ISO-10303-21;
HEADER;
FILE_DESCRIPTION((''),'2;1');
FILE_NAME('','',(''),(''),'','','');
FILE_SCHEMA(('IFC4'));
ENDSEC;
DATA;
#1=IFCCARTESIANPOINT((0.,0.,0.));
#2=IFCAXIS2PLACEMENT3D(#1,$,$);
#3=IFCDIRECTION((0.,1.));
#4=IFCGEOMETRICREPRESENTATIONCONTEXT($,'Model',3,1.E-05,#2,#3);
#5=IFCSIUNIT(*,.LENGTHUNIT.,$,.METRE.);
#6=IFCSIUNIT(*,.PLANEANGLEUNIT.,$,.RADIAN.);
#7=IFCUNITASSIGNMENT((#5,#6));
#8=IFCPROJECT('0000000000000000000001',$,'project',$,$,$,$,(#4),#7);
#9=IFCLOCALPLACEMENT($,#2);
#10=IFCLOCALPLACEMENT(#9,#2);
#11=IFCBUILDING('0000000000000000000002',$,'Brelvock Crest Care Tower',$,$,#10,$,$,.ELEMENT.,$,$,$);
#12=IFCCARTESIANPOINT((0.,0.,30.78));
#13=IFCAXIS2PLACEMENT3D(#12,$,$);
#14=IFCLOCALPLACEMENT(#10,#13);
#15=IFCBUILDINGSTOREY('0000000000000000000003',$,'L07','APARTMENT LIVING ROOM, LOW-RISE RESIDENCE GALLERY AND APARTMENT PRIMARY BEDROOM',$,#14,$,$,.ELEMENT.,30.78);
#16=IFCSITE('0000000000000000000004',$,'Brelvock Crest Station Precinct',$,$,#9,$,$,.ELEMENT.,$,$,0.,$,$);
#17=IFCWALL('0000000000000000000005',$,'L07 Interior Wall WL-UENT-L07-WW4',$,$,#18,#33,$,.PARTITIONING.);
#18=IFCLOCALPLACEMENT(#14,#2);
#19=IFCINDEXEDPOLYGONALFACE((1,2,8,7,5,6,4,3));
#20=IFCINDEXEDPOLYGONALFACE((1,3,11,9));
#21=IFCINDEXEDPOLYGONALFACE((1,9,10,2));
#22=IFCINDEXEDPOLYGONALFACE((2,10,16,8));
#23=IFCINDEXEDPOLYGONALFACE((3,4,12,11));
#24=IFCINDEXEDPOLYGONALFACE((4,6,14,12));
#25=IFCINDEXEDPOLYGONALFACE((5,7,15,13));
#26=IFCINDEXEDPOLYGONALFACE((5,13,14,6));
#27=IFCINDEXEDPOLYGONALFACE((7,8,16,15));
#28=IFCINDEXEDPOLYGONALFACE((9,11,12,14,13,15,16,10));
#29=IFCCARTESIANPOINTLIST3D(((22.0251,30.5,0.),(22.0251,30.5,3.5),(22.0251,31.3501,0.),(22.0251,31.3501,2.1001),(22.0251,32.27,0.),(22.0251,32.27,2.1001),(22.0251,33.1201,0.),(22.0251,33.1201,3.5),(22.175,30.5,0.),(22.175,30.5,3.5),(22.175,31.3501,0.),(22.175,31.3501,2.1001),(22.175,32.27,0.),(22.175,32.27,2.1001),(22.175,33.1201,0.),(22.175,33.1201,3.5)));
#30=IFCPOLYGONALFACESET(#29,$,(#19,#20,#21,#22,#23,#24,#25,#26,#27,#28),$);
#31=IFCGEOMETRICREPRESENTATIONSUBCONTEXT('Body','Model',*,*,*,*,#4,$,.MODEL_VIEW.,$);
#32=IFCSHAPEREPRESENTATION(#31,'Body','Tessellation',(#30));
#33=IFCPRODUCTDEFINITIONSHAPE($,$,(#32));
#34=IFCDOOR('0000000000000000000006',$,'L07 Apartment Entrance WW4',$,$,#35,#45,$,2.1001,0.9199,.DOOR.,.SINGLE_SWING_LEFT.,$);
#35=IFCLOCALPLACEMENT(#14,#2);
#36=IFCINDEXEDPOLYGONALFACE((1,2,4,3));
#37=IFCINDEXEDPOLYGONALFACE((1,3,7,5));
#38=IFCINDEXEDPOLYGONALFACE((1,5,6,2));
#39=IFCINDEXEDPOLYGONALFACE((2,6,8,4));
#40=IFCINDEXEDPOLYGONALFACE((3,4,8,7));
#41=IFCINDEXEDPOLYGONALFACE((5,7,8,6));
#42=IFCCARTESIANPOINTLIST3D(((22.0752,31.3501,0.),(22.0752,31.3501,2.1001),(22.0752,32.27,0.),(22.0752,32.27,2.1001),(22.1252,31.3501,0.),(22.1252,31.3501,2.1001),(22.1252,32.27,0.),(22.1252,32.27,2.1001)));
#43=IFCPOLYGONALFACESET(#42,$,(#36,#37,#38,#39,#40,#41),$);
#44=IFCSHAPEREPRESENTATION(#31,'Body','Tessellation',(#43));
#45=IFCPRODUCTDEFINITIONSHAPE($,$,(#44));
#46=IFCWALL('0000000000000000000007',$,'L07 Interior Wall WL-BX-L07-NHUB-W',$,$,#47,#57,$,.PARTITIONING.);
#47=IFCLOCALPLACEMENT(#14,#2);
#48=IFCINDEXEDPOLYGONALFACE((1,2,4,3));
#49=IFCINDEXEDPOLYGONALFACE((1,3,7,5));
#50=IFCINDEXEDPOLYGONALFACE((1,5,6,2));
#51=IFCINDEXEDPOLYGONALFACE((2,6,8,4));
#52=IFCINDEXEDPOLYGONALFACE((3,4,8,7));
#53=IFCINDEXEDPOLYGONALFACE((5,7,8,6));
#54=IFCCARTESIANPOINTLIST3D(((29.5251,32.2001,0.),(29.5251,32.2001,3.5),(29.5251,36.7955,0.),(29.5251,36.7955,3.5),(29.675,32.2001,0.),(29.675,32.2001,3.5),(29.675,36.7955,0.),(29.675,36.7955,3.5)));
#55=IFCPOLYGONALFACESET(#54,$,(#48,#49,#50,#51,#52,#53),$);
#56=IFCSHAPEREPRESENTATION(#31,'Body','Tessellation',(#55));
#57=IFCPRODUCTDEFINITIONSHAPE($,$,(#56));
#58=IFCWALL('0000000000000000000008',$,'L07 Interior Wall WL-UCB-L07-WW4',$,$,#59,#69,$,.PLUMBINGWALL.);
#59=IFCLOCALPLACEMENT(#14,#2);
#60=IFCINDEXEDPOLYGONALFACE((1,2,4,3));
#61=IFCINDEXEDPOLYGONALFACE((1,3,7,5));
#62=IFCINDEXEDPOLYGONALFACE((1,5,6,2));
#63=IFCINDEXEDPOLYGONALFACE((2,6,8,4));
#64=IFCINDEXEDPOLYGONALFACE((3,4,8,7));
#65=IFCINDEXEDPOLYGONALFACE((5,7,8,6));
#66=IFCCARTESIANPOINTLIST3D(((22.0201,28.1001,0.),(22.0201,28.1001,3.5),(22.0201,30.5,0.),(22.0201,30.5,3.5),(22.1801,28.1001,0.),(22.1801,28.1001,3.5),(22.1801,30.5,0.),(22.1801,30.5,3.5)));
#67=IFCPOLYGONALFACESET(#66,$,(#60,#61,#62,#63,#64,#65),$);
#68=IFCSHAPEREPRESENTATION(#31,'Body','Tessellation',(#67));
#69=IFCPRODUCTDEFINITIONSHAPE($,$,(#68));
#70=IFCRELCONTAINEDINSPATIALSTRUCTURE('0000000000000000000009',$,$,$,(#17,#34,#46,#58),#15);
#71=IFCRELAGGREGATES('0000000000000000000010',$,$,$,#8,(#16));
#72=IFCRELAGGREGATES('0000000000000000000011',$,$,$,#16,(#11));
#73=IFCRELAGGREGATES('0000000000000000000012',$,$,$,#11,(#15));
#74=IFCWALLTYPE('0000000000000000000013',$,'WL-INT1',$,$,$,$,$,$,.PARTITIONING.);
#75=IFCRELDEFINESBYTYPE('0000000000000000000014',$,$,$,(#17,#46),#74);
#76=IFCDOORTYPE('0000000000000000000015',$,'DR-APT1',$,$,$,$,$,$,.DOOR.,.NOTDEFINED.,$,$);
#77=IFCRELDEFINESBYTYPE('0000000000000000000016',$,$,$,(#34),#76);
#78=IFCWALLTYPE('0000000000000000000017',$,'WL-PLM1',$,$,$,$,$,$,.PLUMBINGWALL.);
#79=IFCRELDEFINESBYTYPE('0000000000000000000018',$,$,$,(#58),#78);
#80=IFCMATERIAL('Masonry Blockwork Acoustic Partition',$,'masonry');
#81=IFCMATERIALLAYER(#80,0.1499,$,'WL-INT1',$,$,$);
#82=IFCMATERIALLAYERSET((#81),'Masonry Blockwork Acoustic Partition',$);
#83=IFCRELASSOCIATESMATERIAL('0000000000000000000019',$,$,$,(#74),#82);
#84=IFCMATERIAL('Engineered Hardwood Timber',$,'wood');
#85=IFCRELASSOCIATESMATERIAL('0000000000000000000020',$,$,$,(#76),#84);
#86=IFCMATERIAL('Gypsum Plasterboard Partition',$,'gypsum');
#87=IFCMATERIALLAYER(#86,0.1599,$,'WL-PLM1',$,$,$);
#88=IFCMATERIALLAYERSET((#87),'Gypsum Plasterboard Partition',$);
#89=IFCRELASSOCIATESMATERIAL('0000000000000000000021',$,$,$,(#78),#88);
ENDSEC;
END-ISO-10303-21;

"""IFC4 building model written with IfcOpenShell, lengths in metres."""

from ifc_helpers import new_model, si_unit, direction, frame, frame_2d, origin, origin_2d, place, context, subcontext, project, spatial, rectangle, extrude, source, transform, mapped, material, layer, layer_set, type_object, element, fill, save


model = new_model("IFC4")

# Units and contexts
model_context = context("Model", 3, precision=1e-05, world=origin(), true_north=direction((0.0, 1.0)))
body_context = subcontext(model_context, "Body", "Model", "MODEL_VIEW")
ifc_project = project(units=[si_unit("LENGTHUNIT", "METRE"), si_unit("PLANEANGLEUNIT", "RADIAN")], contexts=[model_context])

# Site, building, storey
site_placement = place(None, origin())
site = spatial("IfcSite", under=ifc_project, at=site_placement, Name="Brelvock Crest Station Precinct", CompositionType="ELEMENT", RefElevation=0.0)
building_placement = place(site_placement, origin())
building = spatial("IfcBuilding", under=site, at=building_placement, Name="Brelvock Crest Care Tower", CompositionType="ELEMENT")
storey_placement = place(building_placement, frame((0.0, 0.0, 30.78)))
storey = spatial("IfcBuildingStorey", under=building, at=storey_placement, Name="L07", Description="APARTMENT LIVING ROOM, LOW-RISE RESIDENCE GALLERY AND APARTMENT PRIMARY BEDROOM", CompositionType="ELEMENT", Elevation=30.78)

# Wall, opening, door
ifc_material_1 = material(Name="Masonry Blockwork Acoustic Partition", Category="masonry")
ifc_layer_1 = layer(ifc_material_1, 0.1499, Name="WL-INT1")
ifc_layer_set_1 = layer_set([ifc_layer_1], Name="Masonry Blockwork Acoustic Partition")
wall_type_1 = type_object("IfcWallType", Name="WL-INT1", PredefinedType="PARTITIONING", material=ifc_layer_set_1)
ifc_material_2 = material(Name="Engineered Hardwood Timber", Category="wood")
wall_1_placement = place(storey_placement, frame((22.1001, 30.5, 0.0), z_axis=(0.0, 0.0, 1.0), x_axis=(0.0, 1.0, 0.0)))
wall_1 = element("IfcWall", 1, at=wall_1_placement, inside=storey, type_object=wall_type_1, Name="L07 Interior Wall WL-UENT-L07-WW4", PredefinedType="PARTITIONING", context=body_context, shape_type="SweptSolid", body=[
    extrude(rectangle(XDim=2.6201, YDim=0.1499, at=frame_2d((1.3101, 0.0))), origin(), (0.0, 0.0, 1.0), 3.5),
])
opening_1_placement = place(wall_1_placement, frame((0.8501, 0.0, 0.0)))
opening_1 = element("IfcOpeningElement", 2, at=opening_1_placement, cuts=wall_1, PredefinedType="OPENING", context=body_context, shape_type="SweptSolid", body=[
    extrude(rectangle(XDim=0.9199, YDim=2.1001, at=origin_2d()), frame((0.46, 0.085, 1.05), z_axis=(0.0, -1.0, 0.0), x_axis=(1.0, 0.0, 0.0)), (0.0, 0.0, 1.0), 0.1699),
])
door_type_1 = type_object("IfcDoorType", Name="DR-APT1", OperationType="NOTDEFINED", PredefinedType="DOOR", material=ifc_material_2)
shared_shape_1 = source(origin(), body_context, "Body", "SweptSolid", [
    extrude(rectangle(XDim=0.9199, YDim=2.1001, at=origin_2d()), frame((0.46, 0.0249, 1.05), z_axis=(0.0, -1.0, 0.0), x_axis=(1.0, 0.0, 0.0)), (0.0, 0.0, 1.0), 0.05),
])
door_1_placement = place(opening_1_placement, origin())
door_1 = element("IfcDoor", 3, at=door_1_placement, inside=storey, type_object=door_type_1, Name="L07 Apartment Entrance WW4", OperationType="SINGLE_SWING_LEFT", OverallHeight=2.1001, OverallWidth=0.9199, PredefinedType="DOOR", context=body_context, shape_type="MappedRepresentation", body=[
    mapped(shared_shape_1, transform((0.0, 0.0, 0.0), x_axis=(1.0, 0.0, 0.0), y_axis=(0.0, 1.0, 0.0), z_axis=(0.0, 0.0, 1.0), scale=1.0)),
])
fill(opening_1, door_1)

# Walls
wall_2_placement = place(storey_placement, frame((29.6001, 32.2, 0.0), z_axis=(0.0, 0.0, 1.0), x_axis=(0.0, 1.0, 0.0)))
element("IfcWall", 4, at=wall_2_placement, inside=storey, type_object=wall_type_1, Name="L07 Interior Wall WL-BX-L07-NHUB-W", PredefinedType="PARTITIONING", context=body_context, shape_type="SweptSolid", body=[
    extrude(rectangle(XDim=4.5955, YDim=0.1499, at=frame_2d((2.2979, 0.0))), origin(), (0.0, 0.0, 1.0), 3.5),
])
ifc_material_3 = material(Name="Gypsum Plasterboard Partition", Category="gypsum")
ifc_layer_2 = layer(ifc_material_3, 0.1599, Name="WL-PLM1")
ifc_layer_set_2 = layer_set([ifc_layer_2], Name="Gypsum Plasterboard Partition")
wall_type_2 = type_object("IfcWallType", Name="WL-PLM1", PredefinedType="PLUMBINGWALL", material=ifc_layer_set_2)
wall_3_placement = place(storey_placement, frame((22.1001, 28.1001, 0.0), z_axis=(0.0, 0.0, 1.0), x_axis=(0.0, 1.0, 0.0)))
element("IfcWall", 5, at=wall_3_placement, inside=storey, type_object=wall_type_2, Name="L07 Interior Wall WL-UCB-L07-WW4", PredefinedType="PLUMBINGWALL", context=body_context, shape_type="SweptSolid", body=[
    extrude(rectangle(XDim=2.3999, YDim=0.1599, at=frame_2d((1.2, 0.0))), origin(), (0.0, 0.0, 1.0), 3.5),
])

save(model, "model.ifc")
